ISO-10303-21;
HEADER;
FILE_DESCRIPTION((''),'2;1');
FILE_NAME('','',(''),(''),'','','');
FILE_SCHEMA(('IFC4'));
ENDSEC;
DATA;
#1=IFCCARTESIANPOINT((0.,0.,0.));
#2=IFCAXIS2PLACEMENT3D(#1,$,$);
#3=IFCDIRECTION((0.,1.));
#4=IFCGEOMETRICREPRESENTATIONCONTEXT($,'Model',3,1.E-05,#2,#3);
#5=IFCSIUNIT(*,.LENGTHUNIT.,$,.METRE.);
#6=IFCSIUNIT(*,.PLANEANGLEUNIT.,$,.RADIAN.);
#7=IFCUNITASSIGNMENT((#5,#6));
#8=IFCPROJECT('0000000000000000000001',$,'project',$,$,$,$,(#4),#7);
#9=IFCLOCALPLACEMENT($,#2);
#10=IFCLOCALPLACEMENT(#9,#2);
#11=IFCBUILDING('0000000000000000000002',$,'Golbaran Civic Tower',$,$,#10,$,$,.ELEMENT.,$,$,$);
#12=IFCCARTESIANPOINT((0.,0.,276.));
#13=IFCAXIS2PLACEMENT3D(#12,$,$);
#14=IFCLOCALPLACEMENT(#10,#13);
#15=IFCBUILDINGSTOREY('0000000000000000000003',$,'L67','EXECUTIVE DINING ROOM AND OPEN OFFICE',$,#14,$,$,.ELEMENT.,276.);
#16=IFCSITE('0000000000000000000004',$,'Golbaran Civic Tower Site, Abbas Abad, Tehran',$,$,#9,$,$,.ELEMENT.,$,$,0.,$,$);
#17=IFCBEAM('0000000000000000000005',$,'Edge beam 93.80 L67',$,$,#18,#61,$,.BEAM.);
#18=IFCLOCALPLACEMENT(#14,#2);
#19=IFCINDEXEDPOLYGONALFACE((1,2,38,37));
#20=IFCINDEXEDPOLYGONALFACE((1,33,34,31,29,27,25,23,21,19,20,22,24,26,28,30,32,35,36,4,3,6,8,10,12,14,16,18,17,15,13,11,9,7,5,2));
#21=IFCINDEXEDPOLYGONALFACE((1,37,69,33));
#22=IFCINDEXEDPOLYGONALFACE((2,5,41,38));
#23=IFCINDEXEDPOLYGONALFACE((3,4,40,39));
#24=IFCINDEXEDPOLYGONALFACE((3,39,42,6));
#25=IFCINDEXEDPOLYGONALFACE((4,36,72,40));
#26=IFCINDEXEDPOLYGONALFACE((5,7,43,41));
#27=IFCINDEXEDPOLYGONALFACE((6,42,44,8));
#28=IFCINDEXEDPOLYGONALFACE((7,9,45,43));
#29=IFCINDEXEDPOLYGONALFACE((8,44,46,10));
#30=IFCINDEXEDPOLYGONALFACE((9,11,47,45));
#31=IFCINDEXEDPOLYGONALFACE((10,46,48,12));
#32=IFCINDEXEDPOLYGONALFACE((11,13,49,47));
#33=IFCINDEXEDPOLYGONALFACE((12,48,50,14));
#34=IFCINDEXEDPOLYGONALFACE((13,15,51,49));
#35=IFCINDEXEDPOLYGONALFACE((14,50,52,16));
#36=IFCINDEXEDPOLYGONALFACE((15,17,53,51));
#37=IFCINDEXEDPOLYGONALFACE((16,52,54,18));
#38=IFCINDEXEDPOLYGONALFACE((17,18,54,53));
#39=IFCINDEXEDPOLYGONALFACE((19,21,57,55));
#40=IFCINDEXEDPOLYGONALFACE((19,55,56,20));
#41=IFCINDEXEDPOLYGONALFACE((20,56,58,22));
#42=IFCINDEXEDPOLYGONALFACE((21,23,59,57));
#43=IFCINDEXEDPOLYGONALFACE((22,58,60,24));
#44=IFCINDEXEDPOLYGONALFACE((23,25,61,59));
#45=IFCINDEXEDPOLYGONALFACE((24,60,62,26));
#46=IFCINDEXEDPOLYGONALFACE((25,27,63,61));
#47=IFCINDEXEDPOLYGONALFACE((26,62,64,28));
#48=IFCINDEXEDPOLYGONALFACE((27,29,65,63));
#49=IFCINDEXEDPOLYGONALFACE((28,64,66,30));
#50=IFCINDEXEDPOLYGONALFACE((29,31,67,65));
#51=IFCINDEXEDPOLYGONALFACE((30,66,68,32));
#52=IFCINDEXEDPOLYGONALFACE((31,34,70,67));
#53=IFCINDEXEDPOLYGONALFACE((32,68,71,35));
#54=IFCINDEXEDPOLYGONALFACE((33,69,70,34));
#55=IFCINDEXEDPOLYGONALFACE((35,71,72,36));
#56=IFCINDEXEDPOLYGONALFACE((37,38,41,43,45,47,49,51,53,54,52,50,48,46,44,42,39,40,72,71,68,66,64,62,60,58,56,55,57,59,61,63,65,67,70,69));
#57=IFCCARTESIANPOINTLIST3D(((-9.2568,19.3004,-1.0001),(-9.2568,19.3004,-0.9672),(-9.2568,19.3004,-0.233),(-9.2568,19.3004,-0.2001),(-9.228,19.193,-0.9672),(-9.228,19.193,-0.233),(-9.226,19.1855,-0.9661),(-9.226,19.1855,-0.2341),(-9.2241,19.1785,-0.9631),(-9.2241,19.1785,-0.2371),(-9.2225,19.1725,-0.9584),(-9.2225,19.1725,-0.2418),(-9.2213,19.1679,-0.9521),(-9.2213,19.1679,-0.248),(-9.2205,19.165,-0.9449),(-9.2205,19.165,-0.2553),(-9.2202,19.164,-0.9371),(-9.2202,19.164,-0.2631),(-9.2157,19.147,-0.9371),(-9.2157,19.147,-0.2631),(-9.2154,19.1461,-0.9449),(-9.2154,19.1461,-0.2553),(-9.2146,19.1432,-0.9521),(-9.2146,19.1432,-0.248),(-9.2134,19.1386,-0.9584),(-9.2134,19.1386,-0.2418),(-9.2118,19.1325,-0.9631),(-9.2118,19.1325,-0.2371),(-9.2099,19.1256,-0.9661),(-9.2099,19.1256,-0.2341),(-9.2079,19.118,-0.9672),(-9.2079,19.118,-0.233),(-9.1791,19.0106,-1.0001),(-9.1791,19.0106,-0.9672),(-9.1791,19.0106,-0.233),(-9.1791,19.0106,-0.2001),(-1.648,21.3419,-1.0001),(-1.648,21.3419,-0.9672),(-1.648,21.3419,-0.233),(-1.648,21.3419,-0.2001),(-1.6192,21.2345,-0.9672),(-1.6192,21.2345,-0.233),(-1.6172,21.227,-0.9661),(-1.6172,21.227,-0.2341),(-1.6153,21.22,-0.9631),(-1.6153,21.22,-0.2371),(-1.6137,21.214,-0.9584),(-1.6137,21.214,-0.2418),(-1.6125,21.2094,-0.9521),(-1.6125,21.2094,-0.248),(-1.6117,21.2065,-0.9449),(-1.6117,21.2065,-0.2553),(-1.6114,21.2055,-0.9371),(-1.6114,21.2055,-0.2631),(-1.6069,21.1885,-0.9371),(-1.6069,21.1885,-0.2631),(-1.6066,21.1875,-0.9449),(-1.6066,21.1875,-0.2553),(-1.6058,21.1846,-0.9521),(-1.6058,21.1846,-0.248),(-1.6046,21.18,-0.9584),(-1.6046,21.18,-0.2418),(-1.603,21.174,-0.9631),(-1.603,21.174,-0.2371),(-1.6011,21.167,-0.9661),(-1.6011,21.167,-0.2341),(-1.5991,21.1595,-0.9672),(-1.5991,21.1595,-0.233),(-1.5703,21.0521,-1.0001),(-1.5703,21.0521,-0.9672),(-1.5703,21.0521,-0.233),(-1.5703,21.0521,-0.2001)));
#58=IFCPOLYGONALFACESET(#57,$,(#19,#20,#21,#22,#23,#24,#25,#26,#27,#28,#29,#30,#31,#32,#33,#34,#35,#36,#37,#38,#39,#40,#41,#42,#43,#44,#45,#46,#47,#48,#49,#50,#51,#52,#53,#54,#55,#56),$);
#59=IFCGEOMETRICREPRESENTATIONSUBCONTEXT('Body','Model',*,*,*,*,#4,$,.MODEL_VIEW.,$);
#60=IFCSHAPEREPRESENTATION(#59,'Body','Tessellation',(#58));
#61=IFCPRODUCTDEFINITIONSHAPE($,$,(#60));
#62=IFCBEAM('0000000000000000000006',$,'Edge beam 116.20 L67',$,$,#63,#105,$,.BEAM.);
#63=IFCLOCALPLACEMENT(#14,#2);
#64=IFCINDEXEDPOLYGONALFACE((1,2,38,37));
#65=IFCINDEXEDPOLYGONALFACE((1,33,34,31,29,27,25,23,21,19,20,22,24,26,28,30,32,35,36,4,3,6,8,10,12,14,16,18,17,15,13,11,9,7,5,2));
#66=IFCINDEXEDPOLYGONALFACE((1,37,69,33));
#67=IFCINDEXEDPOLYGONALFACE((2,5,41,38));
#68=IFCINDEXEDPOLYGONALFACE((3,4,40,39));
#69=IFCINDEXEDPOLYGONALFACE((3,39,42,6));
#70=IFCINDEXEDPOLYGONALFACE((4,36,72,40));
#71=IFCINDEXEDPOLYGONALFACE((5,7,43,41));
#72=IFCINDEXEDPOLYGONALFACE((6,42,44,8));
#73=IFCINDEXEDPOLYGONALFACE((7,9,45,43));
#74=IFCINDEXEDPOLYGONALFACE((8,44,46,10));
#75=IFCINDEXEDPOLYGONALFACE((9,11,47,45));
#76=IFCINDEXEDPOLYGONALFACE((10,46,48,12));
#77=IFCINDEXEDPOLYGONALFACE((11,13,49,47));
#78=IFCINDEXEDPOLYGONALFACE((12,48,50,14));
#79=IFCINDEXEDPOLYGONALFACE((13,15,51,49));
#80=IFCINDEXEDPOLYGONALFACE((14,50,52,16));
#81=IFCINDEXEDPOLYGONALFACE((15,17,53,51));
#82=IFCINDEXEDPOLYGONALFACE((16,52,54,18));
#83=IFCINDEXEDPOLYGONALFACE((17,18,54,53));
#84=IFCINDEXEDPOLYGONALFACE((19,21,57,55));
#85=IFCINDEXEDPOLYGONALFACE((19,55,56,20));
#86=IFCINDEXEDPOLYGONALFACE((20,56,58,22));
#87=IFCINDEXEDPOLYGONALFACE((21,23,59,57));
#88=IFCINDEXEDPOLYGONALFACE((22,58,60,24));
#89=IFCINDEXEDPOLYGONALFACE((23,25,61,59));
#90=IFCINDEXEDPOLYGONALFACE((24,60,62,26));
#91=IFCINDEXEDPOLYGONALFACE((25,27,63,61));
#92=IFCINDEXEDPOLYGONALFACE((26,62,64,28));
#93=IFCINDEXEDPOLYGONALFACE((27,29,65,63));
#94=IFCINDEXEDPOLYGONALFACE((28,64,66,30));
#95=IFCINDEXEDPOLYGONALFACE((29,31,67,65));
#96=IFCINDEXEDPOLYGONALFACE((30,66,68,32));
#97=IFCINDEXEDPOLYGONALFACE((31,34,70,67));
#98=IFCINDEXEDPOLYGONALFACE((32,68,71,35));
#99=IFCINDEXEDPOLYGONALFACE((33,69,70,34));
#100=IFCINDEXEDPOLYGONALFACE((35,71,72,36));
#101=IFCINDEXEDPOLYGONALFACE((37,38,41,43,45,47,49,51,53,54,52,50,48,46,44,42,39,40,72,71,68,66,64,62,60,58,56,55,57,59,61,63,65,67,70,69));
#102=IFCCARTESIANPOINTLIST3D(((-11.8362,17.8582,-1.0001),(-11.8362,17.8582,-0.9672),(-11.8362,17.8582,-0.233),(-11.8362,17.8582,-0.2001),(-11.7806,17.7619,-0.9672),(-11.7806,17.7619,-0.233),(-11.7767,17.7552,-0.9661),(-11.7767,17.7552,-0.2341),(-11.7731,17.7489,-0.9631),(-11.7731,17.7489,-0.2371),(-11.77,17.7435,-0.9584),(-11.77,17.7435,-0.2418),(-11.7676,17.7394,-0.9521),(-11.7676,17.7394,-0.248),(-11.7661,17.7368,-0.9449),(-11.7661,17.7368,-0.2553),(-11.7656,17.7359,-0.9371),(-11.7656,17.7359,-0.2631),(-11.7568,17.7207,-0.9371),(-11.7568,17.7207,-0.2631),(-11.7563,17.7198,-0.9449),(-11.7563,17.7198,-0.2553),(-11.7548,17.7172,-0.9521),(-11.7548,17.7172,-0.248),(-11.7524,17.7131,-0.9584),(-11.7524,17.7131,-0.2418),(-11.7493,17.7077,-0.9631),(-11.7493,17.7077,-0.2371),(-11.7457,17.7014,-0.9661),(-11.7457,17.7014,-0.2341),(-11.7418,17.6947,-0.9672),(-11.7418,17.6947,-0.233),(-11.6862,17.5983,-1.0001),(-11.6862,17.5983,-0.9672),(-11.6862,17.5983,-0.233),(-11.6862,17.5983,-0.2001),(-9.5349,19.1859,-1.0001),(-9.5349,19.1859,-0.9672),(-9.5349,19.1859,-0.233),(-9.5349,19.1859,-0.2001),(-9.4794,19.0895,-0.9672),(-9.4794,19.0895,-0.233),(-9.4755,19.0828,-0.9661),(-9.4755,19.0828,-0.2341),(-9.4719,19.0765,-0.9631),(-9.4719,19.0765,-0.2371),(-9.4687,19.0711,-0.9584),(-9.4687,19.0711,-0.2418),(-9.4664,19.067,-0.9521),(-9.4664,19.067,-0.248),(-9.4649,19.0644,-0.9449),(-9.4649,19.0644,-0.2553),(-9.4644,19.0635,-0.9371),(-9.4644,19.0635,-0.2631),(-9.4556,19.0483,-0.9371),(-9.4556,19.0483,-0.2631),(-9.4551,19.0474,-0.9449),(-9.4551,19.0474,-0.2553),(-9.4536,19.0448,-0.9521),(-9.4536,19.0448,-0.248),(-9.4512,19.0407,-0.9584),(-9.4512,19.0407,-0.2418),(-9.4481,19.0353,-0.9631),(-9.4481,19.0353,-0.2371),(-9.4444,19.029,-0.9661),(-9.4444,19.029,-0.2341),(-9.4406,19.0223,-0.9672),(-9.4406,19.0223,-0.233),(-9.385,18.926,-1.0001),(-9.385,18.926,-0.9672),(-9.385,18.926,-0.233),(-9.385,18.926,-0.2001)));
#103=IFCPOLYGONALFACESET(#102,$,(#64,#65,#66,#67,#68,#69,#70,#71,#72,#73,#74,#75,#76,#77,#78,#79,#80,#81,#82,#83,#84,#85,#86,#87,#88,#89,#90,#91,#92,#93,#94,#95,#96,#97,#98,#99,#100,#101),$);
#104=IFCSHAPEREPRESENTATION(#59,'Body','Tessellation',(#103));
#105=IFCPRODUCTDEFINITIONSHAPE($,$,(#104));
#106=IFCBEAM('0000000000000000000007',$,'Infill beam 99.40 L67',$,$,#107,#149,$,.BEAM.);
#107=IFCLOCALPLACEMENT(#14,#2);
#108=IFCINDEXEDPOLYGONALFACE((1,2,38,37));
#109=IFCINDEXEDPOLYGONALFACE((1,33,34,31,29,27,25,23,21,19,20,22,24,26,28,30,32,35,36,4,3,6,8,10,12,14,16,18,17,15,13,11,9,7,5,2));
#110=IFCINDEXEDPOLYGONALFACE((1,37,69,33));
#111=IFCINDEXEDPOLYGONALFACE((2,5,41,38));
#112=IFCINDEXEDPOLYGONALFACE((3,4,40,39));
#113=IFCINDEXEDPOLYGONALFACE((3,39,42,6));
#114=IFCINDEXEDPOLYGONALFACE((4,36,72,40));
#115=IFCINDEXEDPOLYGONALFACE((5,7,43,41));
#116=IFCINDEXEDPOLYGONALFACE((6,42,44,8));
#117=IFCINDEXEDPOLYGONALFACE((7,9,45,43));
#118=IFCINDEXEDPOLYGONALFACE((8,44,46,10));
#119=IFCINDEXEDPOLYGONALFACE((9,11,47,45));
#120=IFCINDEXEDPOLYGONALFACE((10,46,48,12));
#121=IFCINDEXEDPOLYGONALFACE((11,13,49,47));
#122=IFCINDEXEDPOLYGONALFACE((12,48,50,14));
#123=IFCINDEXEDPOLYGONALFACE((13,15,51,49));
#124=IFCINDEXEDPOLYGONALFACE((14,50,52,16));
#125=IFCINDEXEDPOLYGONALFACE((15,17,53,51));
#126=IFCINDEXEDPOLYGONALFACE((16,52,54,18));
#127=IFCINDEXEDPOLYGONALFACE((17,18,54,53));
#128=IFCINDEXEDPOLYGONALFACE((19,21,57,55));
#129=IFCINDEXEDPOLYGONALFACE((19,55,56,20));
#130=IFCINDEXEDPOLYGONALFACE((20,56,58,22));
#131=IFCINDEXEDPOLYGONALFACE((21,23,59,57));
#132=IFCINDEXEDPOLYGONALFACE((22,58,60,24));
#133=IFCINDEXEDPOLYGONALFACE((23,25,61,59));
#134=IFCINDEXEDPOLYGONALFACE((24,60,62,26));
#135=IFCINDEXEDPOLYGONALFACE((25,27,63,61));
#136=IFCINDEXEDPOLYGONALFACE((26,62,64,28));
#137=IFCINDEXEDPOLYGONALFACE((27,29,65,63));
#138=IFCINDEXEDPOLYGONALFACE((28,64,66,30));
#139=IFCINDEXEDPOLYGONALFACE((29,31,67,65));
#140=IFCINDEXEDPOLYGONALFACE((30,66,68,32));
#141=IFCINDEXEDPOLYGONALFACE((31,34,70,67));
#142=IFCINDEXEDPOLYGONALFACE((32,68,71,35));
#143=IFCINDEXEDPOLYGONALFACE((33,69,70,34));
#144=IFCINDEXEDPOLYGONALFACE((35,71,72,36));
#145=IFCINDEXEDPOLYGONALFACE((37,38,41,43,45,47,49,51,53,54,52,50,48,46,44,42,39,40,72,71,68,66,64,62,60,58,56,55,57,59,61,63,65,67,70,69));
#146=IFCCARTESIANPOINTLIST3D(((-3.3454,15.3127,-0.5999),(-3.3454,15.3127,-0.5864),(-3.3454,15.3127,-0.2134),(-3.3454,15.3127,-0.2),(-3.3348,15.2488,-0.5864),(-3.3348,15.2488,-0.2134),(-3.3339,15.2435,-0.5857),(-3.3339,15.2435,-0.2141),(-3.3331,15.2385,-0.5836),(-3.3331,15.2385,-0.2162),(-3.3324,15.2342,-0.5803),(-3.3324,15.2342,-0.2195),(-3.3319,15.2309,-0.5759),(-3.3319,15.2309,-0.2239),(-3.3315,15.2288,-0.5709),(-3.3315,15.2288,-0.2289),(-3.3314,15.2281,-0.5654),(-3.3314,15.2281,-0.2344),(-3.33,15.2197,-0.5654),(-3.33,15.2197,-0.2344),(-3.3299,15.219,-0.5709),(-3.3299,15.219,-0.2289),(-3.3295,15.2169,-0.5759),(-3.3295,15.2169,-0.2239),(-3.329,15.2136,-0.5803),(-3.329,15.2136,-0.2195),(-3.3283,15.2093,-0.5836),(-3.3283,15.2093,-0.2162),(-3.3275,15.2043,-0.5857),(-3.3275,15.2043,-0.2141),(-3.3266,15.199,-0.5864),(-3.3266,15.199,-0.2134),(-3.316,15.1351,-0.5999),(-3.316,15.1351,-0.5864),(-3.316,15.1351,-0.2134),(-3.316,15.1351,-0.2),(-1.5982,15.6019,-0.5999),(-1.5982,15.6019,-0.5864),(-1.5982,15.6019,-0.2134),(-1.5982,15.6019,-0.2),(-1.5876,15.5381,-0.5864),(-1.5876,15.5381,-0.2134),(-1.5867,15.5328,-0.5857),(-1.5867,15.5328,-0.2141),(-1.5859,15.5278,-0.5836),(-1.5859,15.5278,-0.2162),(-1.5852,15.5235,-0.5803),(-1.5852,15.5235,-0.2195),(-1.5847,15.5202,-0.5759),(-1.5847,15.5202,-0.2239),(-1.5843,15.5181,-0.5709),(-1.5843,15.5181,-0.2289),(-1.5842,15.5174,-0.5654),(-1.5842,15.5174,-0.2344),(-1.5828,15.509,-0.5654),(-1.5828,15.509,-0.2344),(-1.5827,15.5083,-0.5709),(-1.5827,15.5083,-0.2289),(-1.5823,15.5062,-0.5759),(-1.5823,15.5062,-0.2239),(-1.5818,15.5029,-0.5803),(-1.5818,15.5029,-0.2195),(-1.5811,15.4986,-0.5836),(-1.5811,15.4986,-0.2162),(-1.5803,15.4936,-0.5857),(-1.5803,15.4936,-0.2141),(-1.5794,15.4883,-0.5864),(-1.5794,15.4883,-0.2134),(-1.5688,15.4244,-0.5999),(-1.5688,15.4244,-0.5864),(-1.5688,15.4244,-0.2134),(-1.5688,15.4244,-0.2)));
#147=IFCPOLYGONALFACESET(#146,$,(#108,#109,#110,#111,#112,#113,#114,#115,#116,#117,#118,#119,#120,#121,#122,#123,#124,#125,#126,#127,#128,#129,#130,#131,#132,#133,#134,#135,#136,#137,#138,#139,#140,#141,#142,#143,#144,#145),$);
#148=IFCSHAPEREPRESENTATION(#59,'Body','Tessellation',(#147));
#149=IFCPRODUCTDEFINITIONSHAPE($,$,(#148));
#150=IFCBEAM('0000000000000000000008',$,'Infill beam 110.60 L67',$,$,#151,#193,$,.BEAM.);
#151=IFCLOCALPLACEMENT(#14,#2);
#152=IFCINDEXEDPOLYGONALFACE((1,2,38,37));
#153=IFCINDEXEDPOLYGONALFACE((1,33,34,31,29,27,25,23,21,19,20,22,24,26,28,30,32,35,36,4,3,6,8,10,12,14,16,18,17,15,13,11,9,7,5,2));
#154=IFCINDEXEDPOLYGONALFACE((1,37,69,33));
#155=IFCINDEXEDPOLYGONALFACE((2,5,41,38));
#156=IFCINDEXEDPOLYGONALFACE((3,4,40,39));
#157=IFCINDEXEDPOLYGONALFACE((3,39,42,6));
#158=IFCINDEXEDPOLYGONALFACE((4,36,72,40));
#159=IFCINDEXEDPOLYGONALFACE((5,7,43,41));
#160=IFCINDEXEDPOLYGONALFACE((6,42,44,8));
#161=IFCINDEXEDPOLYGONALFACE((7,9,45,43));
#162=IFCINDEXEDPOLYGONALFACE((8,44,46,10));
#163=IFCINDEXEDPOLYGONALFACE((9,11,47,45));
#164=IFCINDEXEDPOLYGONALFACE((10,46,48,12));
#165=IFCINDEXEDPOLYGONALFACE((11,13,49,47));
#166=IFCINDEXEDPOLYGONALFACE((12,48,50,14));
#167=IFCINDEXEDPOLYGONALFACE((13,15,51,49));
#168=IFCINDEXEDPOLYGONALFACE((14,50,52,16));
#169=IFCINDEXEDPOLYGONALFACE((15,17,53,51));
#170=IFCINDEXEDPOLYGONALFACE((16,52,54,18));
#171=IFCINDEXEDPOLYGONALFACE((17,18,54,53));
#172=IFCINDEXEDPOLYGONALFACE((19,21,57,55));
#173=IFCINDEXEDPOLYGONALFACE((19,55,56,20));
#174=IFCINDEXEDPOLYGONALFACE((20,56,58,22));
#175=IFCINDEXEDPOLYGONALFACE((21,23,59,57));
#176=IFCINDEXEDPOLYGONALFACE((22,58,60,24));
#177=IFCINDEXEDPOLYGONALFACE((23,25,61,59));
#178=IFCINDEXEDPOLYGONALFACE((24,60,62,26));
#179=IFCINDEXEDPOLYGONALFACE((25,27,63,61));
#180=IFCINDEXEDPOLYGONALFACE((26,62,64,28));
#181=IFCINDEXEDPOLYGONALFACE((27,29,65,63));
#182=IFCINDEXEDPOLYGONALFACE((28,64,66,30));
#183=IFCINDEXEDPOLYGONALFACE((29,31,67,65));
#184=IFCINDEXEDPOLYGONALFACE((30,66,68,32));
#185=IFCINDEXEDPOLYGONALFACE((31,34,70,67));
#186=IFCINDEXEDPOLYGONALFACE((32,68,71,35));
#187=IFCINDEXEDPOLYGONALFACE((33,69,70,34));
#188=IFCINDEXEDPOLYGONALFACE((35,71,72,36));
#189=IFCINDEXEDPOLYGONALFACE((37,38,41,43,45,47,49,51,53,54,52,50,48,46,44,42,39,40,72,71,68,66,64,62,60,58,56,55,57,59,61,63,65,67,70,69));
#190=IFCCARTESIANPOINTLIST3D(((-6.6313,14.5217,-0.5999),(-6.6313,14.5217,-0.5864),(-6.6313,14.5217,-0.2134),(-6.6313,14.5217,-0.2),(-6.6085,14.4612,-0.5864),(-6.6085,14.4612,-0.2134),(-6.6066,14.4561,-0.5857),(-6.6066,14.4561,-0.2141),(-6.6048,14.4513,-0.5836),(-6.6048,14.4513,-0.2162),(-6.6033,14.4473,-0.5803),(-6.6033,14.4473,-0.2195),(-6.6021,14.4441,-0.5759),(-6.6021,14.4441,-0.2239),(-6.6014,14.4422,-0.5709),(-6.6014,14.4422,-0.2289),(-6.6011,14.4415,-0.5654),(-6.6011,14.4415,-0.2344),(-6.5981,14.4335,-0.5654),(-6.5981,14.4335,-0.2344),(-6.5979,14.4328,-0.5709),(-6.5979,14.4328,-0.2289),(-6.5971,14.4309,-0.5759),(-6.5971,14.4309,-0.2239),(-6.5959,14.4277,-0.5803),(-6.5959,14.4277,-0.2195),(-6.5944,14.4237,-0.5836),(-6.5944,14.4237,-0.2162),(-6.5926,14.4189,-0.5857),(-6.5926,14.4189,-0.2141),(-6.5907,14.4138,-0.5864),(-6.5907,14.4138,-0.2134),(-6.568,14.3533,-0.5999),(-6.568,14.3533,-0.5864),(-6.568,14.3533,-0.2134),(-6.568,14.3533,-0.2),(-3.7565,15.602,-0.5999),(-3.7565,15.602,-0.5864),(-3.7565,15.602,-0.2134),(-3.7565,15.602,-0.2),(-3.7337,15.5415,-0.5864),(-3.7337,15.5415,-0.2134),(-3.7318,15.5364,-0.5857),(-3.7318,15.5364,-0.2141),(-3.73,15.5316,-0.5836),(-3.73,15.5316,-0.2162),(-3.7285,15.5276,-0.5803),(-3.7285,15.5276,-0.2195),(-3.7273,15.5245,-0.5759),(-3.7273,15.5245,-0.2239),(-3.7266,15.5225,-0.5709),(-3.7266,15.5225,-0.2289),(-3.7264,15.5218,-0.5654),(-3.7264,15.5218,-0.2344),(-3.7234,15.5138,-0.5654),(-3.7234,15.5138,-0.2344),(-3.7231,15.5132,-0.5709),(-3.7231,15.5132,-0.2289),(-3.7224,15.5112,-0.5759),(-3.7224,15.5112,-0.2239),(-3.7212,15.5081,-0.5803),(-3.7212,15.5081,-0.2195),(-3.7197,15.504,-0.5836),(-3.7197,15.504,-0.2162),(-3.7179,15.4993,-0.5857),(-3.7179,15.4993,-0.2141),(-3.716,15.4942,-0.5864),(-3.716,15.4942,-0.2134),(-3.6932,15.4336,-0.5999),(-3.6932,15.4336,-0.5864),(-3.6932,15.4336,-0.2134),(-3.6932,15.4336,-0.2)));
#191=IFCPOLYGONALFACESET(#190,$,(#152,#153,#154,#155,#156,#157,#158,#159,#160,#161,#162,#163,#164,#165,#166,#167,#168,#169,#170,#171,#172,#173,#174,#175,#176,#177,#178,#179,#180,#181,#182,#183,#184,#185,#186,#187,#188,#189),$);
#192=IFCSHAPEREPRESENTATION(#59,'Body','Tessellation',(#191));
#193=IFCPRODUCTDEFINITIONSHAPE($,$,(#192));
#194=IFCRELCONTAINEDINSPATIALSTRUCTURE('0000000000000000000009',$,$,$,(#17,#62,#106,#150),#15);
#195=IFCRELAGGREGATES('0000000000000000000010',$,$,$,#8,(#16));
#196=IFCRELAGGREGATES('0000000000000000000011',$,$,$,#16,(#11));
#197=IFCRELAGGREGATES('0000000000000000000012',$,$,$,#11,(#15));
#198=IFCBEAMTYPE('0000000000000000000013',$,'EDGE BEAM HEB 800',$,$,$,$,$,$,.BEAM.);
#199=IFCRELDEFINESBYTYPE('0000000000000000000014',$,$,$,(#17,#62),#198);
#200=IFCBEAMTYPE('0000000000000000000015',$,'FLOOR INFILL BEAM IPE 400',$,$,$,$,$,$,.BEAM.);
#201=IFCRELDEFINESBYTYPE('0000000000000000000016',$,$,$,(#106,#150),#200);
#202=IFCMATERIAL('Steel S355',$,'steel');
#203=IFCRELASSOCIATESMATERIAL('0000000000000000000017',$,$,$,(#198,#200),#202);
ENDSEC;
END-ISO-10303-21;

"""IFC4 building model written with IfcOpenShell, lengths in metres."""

from ifc_helpers import new_model, si_unit, direction, frame, origin, origin_2d, place, context, subcontext, project, spatial, i_section, extrude, material, material_profile, profile_set, type_object, element, save


model = new_model("IFC4")

# Units and contexts
model_context = context("Model", 3, precision=1e-05, world=origin(), true_north=direction((0.0, 1.0)))
body_context = subcontext(model_context, "Body", "Model", "MODEL_VIEW")
ifc_project = project(units=[si_unit("LENGTHUNIT", "METRE"), si_unit("PLANEANGLEUNIT", "RADIAN")], contexts=[model_context])

# Site, building, storey
site_placement = place(None, origin())
site = spatial("IfcSite", under=ifc_project, at=site_placement, Name="Golbaran Civic Tower Site, Abbas Abad, Tehran", CompositionType="ELEMENT", RefElevation=0.0)
building_placement = place(site_placement, origin())
building = spatial("IfcBuilding", under=site, at=building_placement, Name="Golbaran Civic Tower", CompositionType="ELEMENT")
storey_placement = place(building_placement, frame((0.0, 0.0, 276.0)))
storey = spatial("IfcBuildingStorey", under=building, at=storey_placement, Name="L67", Description="EXECUTIVE DINING ROOM AND OPEN OFFICE", CompositionType="ELEMENT", Elevation=276.0)

# Beams
ifc_material_1 = material(Name="Steel S355", Category="steel")
ifc_material_profile_1 = material_profile(ifc_material_1, i_section(OverallWidth=0.3, OverallDepth=0.8, WebThickness=0.0176, FlangeThickness=0.033, FilletRadius=0.03, at=origin_2d()), Name="HEB 800")
ifc_profile_set_1 = profile_set([ifc_material_profile_1], Name="Steel S355")
beam_type_1 = type_object("IfcBeamType", Name="EDGE BEAM HEB 800", PredefinedType="BEAM", material=ifc_profile_set_1)
beam_1_placement = place(storey_placement, frame((-1.6091, 21.197, -0.6001), z_axis=(-0.96584, -0.25914, 0.0), x_axis=(0.25914, -0.96584, 0.0)))
element("IfcBeam", 1, at=beam_1_placement, inside=storey, type_object=beam_type_1, Name="Edge beam 93.80 L67", PredefinedType="BEAM", context=body_context, shape_type="SweptSolid", body=[
    extrude(i_section(OverallWidth=0.3, OverallDepth=0.8, WebThickness=0.0176, FlangeThickness=0.033, FilletRadius=0.03, at=origin_2d()), origin(), (0.0, 0.0, 1.0), 7.8779),
])
beam_2_placement = place(storey_placement, frame((-9.46, 19.0559, -0.6001), z_axis=(-0.866189, -0.499717, 0.0), x_axis=(0.499717, -0.866189, 0.0)))
element("IfcBeam", 2, at=beam_2_placement, inside=storey, type_object=beam_type_1, Name="Edge beam 116.20 L67", PredefinedType="BEAM", context=body_context, shape_type="SweptSolid", body=[
    extrude(i_section(OverallWidth=0.3, OverallDepth=0.8, WebThickness=0.0176, FlangeThickness=0.033, FilletRadius=0.03, at=origin_2d()), origin(), (0.0, 0.0, 1.0), 2.6567),
])
ifc_material_profile_2 = material_profile(ifc_material_1, i_section(OverallWidth=0.1799, OverallDepth=0.3999, WebThickness=0.0085, FlangeThickness=0.0134, FilletRadius=0.021, at=origin_2d()), Name="IPE 400")
ifc_profile_set_2 = profile_set([ifc_material_profile_2], Name="Steel S355")
beam_type_2 = type_object("IfcBeamType", Name="FLOOR INFILL BEAM IPE 400", PredefinedType="BEAM", material=ifc_profile_set_2)
beam_3_placement = place(storey_placement, frame((-1.5835, 15.5132, -0.3999), z_axis=(-0.986568, -0.163348, 0.0), x_axis=(0.163348, -0.986568, 0.0)))
element("IfcBeam", 3, at=beam_3_placement, inside=storey, type_object=beam_type_2, Name="Infill beam 99.40 L67", PredefinedType="BEAM", context=body_context, shape_type="SweptSolid", body=[
    extrude(i_section(OverallWidth=0.1799, OverallDepth=0.3999, WebThickness=0.0085, FlangeThickness=0.0134, FilletRadius=0.021, at=origin_2d()), origin(), (0.0, 0.0, 1.0), 1.771),
])
beam_4_placement = place(storey_placement, frame((-3.7249, 15.5178, -0.3999), z_axis=(-0.936084, -0.351777, 0.0), x_axis=(0.351777, -0.936084, 0.0)))
element("IfcBeam", 4, at=beam_4_placement, inside=storey, type_object=beam_type_2, Name="Infill beam 110.60 L67", PredefinedType="BEAM", context=body_context, shape_type="SweptSolid", body=[
    extrude(i_section(OverallWidth=0.1799, OverallDepth=0.3999, WebThickness=0.0085, FlangeThickness=0.0134, FilletRadius=0.021, at=origin_2d()), origin(), (0.0, 0.0, 1.0), 3.071),
])

save(model, "model.ifc")
